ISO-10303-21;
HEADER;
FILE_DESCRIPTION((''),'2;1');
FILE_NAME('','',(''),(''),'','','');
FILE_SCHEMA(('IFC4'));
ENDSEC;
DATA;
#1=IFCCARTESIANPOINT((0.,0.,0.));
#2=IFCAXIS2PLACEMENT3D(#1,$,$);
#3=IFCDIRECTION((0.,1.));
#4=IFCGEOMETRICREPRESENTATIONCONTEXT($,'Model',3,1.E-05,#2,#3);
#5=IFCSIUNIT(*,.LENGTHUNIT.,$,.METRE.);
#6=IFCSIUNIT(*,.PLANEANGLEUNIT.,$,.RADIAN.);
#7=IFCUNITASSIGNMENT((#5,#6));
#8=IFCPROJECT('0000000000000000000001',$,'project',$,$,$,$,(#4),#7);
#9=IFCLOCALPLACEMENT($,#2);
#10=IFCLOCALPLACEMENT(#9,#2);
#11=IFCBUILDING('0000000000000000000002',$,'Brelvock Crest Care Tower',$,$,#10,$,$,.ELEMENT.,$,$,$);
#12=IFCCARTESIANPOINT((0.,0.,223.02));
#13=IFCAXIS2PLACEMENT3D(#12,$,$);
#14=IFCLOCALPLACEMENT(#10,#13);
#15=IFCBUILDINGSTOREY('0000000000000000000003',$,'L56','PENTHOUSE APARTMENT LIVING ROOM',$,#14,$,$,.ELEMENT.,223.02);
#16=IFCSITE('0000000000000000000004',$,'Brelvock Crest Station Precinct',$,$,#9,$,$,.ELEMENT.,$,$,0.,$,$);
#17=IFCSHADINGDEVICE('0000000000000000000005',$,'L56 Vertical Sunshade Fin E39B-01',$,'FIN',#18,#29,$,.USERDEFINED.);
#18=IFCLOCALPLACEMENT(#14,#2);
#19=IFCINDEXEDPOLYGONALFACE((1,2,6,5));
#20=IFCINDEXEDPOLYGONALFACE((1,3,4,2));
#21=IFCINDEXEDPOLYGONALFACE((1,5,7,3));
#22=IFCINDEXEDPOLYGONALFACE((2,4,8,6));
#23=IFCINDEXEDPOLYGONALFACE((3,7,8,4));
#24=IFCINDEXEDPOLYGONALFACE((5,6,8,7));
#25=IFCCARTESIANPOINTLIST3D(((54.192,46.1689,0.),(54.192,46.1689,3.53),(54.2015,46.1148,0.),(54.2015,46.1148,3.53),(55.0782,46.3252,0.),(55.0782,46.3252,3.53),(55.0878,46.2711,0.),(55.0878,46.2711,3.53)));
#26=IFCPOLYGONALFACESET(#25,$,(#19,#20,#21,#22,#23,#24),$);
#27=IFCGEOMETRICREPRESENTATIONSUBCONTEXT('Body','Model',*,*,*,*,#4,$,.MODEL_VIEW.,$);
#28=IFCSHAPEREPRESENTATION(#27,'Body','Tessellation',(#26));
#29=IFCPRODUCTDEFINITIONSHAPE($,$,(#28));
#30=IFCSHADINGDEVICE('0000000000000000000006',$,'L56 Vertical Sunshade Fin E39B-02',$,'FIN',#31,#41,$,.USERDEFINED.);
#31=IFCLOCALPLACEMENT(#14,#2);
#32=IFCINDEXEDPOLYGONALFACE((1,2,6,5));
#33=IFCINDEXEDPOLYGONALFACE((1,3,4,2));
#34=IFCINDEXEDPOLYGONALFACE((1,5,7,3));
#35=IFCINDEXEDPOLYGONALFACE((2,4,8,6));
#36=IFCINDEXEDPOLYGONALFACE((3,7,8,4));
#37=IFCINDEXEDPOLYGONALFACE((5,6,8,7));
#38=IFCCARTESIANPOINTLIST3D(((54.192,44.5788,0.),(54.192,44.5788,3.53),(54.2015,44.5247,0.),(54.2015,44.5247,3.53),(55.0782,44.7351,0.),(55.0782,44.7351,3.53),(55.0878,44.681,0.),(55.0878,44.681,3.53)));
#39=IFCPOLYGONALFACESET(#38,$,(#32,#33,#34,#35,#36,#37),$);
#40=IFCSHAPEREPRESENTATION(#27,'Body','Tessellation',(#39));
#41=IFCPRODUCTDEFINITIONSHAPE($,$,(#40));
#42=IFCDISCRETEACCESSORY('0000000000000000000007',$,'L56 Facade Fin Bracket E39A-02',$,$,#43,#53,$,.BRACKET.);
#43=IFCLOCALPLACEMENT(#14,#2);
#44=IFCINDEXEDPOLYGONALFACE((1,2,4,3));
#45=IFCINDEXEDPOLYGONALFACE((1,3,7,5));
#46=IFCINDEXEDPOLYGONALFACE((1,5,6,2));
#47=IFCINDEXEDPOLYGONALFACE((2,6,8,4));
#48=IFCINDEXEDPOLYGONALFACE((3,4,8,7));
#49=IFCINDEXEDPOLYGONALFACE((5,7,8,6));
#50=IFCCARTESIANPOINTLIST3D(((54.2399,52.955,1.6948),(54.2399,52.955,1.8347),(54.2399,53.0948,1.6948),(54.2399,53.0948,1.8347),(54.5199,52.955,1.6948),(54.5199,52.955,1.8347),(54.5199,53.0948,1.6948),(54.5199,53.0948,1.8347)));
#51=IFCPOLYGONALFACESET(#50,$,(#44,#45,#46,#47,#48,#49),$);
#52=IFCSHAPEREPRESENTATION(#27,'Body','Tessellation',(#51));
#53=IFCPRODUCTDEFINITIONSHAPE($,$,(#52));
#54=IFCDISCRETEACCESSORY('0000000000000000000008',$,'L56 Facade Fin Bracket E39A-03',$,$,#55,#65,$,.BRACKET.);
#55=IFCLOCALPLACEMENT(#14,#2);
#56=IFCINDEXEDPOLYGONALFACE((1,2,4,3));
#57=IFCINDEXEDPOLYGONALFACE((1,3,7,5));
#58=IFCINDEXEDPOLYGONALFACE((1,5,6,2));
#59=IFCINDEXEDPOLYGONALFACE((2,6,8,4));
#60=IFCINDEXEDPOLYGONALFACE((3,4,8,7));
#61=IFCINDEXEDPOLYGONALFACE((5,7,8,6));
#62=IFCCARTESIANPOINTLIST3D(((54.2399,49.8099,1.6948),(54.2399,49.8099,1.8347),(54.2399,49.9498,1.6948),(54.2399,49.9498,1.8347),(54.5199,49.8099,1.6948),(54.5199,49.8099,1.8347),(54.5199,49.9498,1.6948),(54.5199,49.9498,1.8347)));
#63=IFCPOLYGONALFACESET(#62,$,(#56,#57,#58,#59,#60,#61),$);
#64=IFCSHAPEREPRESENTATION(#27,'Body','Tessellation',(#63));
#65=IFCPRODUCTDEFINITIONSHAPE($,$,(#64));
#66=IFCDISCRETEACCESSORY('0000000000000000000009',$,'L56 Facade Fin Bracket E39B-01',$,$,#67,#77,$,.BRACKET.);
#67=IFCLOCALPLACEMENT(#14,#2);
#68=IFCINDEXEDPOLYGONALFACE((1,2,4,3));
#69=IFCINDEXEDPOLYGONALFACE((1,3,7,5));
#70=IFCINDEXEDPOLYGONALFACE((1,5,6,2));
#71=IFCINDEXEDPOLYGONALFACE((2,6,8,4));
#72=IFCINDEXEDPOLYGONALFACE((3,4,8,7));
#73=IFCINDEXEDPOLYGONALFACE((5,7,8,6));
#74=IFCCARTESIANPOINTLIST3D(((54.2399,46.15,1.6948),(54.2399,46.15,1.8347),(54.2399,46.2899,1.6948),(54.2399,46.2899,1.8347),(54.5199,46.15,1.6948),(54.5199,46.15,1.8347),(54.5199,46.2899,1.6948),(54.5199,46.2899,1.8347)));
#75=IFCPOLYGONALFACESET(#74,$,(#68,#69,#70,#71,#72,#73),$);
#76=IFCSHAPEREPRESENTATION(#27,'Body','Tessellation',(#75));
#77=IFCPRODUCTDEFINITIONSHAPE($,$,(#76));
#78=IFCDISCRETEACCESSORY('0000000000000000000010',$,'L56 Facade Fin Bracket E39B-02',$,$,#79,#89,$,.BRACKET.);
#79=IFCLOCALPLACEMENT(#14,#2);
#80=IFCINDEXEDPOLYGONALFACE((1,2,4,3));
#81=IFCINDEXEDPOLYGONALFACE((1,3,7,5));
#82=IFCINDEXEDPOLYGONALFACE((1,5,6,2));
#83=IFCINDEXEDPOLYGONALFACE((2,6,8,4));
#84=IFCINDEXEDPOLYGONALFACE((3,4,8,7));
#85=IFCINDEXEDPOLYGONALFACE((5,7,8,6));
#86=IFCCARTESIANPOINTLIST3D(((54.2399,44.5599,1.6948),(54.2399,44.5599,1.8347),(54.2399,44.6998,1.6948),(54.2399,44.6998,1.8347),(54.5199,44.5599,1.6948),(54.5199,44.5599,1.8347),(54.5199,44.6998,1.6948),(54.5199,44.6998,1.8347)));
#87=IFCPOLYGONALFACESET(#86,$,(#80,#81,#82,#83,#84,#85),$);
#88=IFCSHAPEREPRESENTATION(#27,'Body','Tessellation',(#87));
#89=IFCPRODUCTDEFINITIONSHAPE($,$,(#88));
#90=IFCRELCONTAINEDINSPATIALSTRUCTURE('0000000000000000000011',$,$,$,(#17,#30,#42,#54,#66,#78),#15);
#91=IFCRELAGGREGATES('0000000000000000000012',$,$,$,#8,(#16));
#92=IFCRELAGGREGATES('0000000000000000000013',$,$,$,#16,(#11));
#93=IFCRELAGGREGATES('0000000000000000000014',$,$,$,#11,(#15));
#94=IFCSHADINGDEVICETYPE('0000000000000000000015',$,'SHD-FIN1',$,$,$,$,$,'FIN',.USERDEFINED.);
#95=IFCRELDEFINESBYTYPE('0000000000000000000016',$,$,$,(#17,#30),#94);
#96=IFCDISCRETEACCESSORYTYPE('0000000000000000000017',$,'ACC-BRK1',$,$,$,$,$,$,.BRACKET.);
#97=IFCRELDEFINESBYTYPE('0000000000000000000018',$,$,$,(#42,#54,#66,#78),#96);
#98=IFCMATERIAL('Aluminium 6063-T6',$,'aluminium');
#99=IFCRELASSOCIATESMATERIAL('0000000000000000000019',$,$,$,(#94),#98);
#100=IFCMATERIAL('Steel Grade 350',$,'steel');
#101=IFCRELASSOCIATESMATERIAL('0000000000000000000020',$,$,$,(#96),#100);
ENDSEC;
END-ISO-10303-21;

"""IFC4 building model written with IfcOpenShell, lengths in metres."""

from ifc_helpers import new_model, si_unit, direction, frame, origin, origin_2d, place, context, subcontext, project, spatial, rectangle, extrude, source, transform, mapped, material, material_profile, profile_set, type_object, element, save


model = new_model("IFC4")

# Units and contexts
model_context = context("Model", 3, precision=1e-05, world=origin(), true_north=direction((0.0, 1.0)))
body_context = subcontext(model_context, "Body", "Model", "MODEL_VIEW")
ifc_project = project(units=[si_unit("LENGTHUNIT", "METRE"), si_unit("PLANEANGLEUNIT", "RADIAN")], contexts=[model_context])

# Site, building, storey
site_placement = place(None, origin())
site = spatial("IfcSite", under=ifc_project, at=site_placement, Name="Brelvock Crest Station Precinct", CompositionType="ELEMENT", RefElevation=0.0)
building_placement = place(site_placement, origin())
building = spatial("IfcBuilding", under=site, at=building_placement, Name="Brelvock Crest Care Tower", CompositionType="ELEMENT")
storey_placement = place(building_placement, frame((0.0, 0.0, 223.02)))
storey = spatial("IfcBuildingStorey", under=building, at=storey_placement, Name="L56", Description="PENTHOUSE APARTMENT LIVING ROOM", CompositionType="ELEMENT", Elevation=223.02)

# Shared definitions
ifc_material_1 = material(Name="Aluminium 6063-T6", Category="aluminium")

# Shading devices
ifc_material_profile_1 = material_profile(ifc_material_1, rectangle(XDim=0.0549, YDim=0.8999, at=origin_2d()), Name="FIN55x900")
ifc_profile_set_1 = profile_set([ifc_material_profile_1], Name="Aluminium 6063-T6")
shading_device_type = type_object("IfcShadingDeviceType", Name="SHD-FIN1", ElementType="FIN", PredefinedType="USERDEFINED", material=ifc_profile_set_1)
shared_shape_1 = source(origin(), body_context, "Body", "SweptSolid", [
    extrude(rectangle(XDim=0.0549, YDim=0.8999, at=origin_2d()), origin(), (0.0, 0.0, 1.0), 3.53),
])
for number, where, z_axis, x_axis, name in (
    (1, (54.6399, 46.22, 0.0), (0.0, 0.0, 1.0), (0.173648, -0.984808, 0.0), "L56 Vertical Sunshade Fin E39B-01"),
    (2, (54.6399, 44.6299, 0.0), (0.0, 0.0, 1.0), (0.173648, -0.984808, 0.0), "L56 Vertical Sunshade Fin E39B-02"),
):
    element("IfcShadingDevice", number, at=place(storey_placement, frame(where, z_axis=z_axis, x_axis=x_axis)), inside=storey, type_object=shading_device_type, Name=name, ObjectType="FIN", PredefinedType="USERDEFINED", context=body_context, shape_type="MappedRepresentation", body=[
        mapped(shared_shape_1, transform((0.0, 0.0, 0.0), x_axis=(1.0, 0.0, 0.0), y_axis=(0.0, 1.0, 0.0), z_axis=(0.0, 0.0, 1.0), scale=1.0)),
    ])

# Discrete accessories
ifc_material_2 = material(Name="Steel Grade 350", Category="steel")
discrete_accessory_type = type_object("IfcDiscreteAccessoryType", Name="ACC-BRK1", PredefinedType="BRACKET", material=ifc_material_2)
shared_shape_2 = source(origin(), body_context, "Body", "SweptSolid", [
    extrude(rectangle(XDim=0.28, YDim=0.1399, at=origin_2d()), origin(), (0.0, 0.0, 1.0), 0.1399),
])
for number, where, z_axis, x_axis, name in (
    (3, (54.3799, 53.0249, 1.6948), (0.0, 0.0, 1.0), (1.0, 0.0, 0.0), "L56 Facade Fin Bracket E39A-02"),
    (4, (54.3799, 49.8799, 1.6948), (0.0, 0.0, 1.0), (1.0, 0.0, 0.0), "L56 Facade Fin Bracket E39A-03"),
    (5, (54.3799, 46.22, 1.6948), (0.0, 0.0, 1.0), (1.0, 0.0, 0.0), "L56 Facade Fin Bracket E39B-01"),
    (6, (54.3799, 44.6299, 1.6948), (0.0, 0.0, 1.0), (1.0, 0.0, 0.0), "L56 Facade Fin Bracket E39B-02"),
):
    element("IfcDiscreteAccessory", number, at=place(storey_placement, frame(where, z_axis=z_axis, x_axis=x_axis)), inside=storey, type_object=discrete_accessory_type, Name=name, PredefinedType="BRACKET", context=body_context, shape_type="MappedRepresentation", body=[
        mapped(shared_shape_2, transform((0.0, 0.0, 0.0), x_axis=(1.0, 0.0, 0.0), y_axis=(0.0, 1.0, 0.0), z_axis=(0.0, 0.0, 1.0), scale=1.0)),
    ])

save(model, "model.ifc")
